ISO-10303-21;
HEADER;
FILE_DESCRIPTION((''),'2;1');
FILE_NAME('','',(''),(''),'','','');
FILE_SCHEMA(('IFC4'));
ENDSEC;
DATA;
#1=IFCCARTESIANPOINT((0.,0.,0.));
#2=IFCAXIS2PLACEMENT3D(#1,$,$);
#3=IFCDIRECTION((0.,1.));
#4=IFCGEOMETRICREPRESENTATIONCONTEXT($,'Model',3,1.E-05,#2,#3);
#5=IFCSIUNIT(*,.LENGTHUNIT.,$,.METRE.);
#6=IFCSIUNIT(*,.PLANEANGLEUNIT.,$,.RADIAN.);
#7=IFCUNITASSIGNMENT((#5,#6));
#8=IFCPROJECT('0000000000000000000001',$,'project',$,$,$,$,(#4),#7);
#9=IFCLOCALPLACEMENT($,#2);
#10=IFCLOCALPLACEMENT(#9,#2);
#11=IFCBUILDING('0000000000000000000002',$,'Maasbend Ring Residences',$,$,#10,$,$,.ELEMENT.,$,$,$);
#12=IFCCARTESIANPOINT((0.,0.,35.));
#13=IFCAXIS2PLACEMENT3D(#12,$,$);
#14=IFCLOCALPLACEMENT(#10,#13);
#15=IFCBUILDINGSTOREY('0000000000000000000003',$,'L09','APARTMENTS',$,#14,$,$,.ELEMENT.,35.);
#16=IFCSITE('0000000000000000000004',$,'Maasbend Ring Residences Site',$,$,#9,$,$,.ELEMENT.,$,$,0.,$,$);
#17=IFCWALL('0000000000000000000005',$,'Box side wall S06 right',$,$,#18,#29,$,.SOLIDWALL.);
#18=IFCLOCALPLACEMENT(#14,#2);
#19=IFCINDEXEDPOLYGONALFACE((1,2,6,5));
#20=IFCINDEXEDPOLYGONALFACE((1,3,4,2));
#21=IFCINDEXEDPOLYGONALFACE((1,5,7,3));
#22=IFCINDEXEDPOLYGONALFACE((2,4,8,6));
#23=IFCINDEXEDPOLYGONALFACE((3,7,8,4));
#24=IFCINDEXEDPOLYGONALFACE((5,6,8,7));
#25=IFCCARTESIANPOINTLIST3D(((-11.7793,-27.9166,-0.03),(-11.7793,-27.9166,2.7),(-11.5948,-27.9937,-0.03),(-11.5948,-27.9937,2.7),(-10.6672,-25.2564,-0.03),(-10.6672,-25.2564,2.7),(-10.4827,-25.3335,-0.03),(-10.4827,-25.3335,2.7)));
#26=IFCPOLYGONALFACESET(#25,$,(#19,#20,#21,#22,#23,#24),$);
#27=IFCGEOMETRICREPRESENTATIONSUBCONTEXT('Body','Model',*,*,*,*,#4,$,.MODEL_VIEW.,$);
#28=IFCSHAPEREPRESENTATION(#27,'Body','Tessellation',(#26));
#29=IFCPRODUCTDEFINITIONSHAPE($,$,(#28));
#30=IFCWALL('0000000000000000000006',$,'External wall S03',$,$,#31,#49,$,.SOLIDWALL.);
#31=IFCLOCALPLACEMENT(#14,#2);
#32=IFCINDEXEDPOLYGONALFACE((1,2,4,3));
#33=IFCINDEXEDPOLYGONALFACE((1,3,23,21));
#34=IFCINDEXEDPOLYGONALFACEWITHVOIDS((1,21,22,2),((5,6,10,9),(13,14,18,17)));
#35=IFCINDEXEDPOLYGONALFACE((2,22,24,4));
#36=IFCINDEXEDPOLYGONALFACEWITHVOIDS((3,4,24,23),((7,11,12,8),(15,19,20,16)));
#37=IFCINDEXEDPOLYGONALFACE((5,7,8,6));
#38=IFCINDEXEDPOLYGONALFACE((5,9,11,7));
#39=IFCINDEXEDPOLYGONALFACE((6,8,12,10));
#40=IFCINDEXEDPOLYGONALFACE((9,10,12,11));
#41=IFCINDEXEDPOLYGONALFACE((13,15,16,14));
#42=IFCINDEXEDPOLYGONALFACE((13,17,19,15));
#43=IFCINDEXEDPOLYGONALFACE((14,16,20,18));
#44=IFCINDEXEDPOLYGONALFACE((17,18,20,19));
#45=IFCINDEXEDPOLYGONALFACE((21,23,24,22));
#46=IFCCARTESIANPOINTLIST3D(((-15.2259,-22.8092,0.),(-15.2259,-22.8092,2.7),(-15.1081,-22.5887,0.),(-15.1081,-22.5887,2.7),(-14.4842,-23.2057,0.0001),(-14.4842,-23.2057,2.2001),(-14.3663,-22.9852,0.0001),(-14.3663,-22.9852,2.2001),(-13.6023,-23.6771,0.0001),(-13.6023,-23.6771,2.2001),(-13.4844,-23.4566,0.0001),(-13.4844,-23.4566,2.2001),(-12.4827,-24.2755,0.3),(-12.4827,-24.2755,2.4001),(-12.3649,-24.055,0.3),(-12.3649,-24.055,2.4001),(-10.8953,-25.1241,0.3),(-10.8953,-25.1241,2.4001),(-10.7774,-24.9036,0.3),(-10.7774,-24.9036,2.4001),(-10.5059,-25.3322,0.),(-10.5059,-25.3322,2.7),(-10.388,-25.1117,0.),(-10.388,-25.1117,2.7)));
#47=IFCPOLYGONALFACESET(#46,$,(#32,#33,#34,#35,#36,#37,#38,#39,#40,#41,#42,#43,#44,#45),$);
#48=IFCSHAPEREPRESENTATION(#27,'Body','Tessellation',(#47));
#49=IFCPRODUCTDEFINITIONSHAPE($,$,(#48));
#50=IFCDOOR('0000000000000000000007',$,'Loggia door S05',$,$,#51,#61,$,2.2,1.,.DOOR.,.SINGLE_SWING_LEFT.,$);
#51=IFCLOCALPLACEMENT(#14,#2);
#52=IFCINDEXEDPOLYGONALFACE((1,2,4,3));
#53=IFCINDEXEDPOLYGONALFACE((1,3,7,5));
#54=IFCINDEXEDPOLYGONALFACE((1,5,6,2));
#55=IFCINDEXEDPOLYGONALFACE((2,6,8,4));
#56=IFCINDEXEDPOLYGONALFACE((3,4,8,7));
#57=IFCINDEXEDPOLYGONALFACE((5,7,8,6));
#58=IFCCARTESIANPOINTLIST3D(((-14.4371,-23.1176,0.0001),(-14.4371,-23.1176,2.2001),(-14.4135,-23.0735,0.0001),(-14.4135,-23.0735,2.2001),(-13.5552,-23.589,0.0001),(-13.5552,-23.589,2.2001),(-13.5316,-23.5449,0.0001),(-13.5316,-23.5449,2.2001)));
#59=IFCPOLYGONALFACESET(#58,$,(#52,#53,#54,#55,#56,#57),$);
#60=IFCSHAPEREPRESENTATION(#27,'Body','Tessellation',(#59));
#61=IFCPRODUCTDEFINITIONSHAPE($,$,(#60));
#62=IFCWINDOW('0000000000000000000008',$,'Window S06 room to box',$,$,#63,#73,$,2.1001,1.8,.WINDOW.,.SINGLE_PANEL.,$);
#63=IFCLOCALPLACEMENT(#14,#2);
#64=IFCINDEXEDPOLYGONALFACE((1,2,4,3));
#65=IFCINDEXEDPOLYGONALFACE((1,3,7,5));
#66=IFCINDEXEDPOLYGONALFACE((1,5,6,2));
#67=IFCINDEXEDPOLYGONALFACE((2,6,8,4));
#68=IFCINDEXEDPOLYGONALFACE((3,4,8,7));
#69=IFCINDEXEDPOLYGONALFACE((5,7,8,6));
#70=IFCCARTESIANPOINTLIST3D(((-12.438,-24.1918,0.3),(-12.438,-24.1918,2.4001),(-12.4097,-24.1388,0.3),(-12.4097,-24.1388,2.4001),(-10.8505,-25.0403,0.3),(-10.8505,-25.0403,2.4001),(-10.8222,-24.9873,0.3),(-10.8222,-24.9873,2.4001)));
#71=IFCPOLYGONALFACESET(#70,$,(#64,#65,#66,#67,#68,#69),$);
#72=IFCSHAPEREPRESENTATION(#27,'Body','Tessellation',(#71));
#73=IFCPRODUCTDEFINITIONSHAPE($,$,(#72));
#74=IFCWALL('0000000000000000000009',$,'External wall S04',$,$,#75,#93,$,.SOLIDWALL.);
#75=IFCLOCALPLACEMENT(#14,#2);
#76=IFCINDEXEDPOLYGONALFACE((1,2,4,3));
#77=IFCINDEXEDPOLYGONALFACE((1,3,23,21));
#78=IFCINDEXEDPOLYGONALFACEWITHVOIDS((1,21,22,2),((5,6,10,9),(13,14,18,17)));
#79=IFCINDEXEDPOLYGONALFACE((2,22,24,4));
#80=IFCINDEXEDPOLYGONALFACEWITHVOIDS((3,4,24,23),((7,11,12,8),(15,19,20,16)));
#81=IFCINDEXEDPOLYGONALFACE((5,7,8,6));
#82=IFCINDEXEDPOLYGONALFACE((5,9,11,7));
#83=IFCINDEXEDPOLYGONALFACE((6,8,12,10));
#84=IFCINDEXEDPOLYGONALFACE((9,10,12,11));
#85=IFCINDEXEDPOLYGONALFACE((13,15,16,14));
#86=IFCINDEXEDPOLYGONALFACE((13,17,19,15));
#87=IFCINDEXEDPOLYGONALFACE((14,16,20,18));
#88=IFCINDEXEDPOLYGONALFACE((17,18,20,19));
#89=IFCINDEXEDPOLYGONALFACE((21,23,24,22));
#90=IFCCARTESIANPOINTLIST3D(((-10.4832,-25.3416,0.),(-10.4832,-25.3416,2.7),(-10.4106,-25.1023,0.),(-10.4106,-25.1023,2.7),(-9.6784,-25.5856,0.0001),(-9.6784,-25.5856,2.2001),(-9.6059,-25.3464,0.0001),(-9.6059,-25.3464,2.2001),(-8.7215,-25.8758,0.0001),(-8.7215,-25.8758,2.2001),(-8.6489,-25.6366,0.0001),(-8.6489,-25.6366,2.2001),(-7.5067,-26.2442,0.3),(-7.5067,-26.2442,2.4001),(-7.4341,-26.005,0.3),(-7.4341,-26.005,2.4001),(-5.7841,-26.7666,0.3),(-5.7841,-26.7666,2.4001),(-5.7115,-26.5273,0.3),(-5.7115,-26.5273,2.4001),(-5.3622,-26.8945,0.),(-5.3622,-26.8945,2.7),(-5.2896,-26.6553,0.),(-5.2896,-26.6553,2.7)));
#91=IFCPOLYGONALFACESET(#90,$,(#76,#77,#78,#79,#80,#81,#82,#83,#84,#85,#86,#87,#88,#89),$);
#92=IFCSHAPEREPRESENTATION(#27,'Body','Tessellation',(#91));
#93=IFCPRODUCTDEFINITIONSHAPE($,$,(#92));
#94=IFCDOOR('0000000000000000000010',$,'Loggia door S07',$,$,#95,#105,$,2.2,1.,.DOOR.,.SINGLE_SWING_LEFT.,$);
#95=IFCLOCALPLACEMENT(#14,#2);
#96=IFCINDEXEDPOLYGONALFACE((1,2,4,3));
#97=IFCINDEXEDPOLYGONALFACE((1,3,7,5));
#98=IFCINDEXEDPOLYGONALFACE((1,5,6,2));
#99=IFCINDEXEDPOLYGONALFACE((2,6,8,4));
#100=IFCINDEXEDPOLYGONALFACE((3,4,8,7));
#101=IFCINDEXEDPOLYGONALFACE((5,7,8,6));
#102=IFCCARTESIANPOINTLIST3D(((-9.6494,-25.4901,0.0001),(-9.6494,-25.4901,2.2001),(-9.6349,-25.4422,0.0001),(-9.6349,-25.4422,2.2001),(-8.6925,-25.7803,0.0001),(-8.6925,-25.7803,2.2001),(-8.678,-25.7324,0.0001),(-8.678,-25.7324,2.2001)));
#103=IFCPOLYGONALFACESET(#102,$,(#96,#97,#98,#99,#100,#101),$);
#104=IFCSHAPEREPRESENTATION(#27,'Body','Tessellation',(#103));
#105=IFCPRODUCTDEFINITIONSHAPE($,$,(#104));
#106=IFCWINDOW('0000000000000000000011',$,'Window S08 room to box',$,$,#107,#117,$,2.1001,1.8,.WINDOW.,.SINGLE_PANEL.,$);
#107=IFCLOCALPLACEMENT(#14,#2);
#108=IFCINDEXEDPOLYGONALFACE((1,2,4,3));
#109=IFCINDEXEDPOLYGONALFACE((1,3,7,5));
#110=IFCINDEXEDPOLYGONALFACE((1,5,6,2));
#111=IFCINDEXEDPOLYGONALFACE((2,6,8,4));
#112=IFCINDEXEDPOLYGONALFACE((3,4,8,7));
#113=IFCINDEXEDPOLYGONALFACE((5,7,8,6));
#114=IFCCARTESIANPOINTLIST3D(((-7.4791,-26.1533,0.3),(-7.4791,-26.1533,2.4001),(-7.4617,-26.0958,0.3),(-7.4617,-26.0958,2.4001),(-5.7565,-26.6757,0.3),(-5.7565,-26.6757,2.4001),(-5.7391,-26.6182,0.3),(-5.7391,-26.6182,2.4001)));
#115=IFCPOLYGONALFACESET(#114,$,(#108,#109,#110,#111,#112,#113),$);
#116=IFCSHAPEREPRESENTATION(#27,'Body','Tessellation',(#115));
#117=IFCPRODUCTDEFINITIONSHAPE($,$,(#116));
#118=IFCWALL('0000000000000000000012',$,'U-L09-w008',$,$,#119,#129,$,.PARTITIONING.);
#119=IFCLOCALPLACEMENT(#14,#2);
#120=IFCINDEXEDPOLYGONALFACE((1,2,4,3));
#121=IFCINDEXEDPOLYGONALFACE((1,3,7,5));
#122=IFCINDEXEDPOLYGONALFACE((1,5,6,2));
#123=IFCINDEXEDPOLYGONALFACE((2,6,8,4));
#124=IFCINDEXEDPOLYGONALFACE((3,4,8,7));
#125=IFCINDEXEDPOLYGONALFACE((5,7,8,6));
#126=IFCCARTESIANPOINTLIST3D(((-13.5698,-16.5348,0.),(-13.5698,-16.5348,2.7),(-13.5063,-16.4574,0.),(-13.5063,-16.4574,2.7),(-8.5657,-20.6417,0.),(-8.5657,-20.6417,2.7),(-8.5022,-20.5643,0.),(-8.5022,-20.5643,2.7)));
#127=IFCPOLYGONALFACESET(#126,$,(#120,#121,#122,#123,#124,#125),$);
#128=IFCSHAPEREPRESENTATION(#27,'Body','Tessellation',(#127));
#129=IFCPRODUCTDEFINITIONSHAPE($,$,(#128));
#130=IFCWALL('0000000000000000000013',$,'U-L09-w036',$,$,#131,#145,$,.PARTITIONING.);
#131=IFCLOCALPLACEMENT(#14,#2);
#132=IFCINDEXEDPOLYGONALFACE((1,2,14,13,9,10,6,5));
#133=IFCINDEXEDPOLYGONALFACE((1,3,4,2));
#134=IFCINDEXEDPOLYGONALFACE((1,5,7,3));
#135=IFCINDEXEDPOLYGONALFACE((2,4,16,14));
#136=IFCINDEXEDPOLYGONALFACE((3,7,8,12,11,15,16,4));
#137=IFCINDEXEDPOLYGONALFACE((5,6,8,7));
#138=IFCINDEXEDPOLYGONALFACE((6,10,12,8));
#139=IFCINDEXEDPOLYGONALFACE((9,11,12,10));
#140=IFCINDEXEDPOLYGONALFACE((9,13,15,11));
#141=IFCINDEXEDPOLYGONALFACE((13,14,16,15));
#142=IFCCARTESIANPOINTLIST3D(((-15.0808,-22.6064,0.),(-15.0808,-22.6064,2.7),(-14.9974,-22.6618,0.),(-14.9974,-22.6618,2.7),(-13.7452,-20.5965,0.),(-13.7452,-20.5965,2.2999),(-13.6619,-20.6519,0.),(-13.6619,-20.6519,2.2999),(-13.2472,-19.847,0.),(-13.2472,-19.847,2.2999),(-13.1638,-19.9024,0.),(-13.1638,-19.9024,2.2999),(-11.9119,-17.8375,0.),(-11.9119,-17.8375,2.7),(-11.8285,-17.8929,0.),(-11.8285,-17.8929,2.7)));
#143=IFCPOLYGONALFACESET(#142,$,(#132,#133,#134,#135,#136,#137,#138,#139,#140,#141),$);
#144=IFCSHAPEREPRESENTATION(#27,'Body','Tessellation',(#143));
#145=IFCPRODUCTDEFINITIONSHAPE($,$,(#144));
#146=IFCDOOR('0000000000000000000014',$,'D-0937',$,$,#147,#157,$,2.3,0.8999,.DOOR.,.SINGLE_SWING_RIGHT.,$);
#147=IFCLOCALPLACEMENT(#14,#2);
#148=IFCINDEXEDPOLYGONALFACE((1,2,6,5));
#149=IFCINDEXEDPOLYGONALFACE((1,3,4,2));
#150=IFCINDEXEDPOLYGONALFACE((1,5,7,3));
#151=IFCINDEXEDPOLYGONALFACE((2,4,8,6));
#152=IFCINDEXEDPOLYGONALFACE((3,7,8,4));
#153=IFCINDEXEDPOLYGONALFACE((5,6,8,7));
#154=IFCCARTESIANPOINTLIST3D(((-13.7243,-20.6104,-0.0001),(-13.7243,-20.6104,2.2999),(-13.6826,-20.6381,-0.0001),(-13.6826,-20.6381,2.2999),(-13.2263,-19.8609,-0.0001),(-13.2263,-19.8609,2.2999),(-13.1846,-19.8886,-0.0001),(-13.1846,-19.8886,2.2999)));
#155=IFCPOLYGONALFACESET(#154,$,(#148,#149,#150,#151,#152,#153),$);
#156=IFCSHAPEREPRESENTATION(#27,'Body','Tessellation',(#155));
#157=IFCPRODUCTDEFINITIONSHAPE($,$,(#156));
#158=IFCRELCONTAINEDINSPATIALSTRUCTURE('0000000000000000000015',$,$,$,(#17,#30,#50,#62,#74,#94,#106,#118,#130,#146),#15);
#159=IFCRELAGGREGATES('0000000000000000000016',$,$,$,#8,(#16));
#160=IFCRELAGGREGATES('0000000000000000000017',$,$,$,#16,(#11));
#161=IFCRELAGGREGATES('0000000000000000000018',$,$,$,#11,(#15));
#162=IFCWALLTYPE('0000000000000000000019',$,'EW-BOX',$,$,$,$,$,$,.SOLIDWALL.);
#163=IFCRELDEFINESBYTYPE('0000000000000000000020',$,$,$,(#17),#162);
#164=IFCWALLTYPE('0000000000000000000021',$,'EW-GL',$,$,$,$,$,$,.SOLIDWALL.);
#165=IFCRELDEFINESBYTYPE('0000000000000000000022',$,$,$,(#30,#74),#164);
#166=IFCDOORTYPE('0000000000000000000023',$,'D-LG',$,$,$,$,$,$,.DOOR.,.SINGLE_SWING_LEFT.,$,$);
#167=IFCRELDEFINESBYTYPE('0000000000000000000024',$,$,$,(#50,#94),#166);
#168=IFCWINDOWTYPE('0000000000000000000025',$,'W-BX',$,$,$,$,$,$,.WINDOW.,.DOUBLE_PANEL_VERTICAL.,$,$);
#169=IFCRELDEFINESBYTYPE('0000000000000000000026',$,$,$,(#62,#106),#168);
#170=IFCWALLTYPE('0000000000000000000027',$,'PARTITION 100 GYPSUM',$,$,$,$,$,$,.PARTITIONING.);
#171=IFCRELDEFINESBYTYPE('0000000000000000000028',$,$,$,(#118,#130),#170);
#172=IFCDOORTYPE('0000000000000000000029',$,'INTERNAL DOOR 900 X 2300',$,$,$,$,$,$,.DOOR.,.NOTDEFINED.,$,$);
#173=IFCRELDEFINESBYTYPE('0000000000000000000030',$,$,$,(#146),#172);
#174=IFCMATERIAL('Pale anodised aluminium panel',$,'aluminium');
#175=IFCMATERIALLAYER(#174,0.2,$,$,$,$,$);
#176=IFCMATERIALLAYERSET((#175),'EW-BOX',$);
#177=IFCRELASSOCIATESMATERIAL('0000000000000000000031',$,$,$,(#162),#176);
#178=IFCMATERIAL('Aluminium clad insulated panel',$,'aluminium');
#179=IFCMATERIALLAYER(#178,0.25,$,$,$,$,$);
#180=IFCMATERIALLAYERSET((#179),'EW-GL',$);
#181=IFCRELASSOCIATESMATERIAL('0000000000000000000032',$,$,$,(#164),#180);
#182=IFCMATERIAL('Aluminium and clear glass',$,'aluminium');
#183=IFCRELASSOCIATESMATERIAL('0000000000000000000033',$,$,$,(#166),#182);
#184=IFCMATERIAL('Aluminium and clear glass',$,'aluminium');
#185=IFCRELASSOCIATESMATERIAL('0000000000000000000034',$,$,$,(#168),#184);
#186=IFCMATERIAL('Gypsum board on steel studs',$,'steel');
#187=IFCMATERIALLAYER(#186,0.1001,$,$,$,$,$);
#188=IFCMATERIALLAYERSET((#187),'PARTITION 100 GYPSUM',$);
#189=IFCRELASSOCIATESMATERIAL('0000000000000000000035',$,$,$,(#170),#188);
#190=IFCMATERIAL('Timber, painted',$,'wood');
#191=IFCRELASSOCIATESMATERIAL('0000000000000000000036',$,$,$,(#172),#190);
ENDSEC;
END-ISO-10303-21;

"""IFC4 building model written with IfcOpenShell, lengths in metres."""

from ifc_helpers import new_model, si_unit, direction, frame, frame_2d, origin, place, context, subcontext, project, spatial, rectangle, extrude, material, layer, layer_set, type_object, element, fill, save


model = new_model("IFC4")

# Units and contexts
model_context = context("Model", 3, precision=1e-05, world=origin(), true_north=direction((0.0, 1.0)))
body_context = subcontext(model_context, "Body", "Model", "MODEL_VIEW")
ifc_project = project(units=[si_unit("LENGTHUNIT", "METRE"), si_unit("PLANEANGLEUNIT", "RADIAN")], contexts=[model_context])

# Site, building, storey
site_placement = place(None, origin())
site = spatial("IfcSite", under=ifc_project, at=site_placement, Name="Maasbend Ring Residences Site", CompositionType="ELEMENT", RefElevation=0.0)
building_placement = place(site_placement, origin())
building = spatial("IfcBuilding", under=site, at=building_placement, Name="Maasbend Ring Residences", CompositionType="ELEMENT")
storey_placement = place(building_placement, frame((0.0, 0.0, 35.0)))
storey = spatial("IfcBuildingStorey", under=building, at=storey_placement, Name="L09", Description="APARTMENTS", CompositionType="ELEMENT", Elevation=35.0)

# Shared definitions
ifc_material_1 = material(Name="Pale anodised aluminium panel", Category="aluminium")
ifc_layer_1 = layer(ifc_material_1, 0.2)
ifc_layer_set_1 = layer_set([ifc_layer_1], Name="EW-BOX")
wall_type_1 = type_object("IfcWallType", Name="EW-BOX", PredefinedType="SOLIDWALL", material=ifc_layer_set_1)

# Wall
wall_1_placement = place(storey_placement, frame((-10.575, -25.2949, -0.03), z_axis=(0.0, 0.0, 1.0), x_axis=(-0.385697, -0.922625, 0.0)))
element("IfcWall", 1, at=wall_1_placement, inside=storey, type_object=wall_type_1, Name="Box side wall S06 right", PredefinedType="SOLIDWALL", context=body_context, shape_type="SweptSolid", body=[
    extrude(rectangle(XDim=2.8833, YDim=0.2, at=frame_2d((1.4417, 0.0))), origin(), (0.0, 0.0, 1.0), 2.73),
])

# Walls, openings, doors, windows
ifc_material_2 = material(Name="Aluminium clad insulated panel", Category="aluminium")
ifc_layer_2 = layer(ifc_material_2, 0.25)
ifc_layer_set_2 = layer_set([ifc_layer_2], Name="EW-GL")
wall_type_2 = type_object("IfcWallType", Name="EW-GL", PredefinedType="SOLIDWALL", material=ifc_layer_set_2)
wall_2_placement = place(storey_placement, frame((-15.167, -22.699, 0.0), z_axis=(0.0, 0.0, 1.0), x_axis=(0.881916, -0.471407, 0.0)))
wall_2 = element("IfcWall", 2, at=wall_2_placement, inside=storey, type_object=wall_type_2, Name="External wall S03", PredefinedType="SOLIDWALL", context=body_context, shape_type="SweptSolid", body=[
    extrude(rectangle(XDim=5.3521, YDim=0.25, at=frame_2d((2.676, 0.0))), origin(), (0.0, 0.0, 1.0), 2.7),
])
opening_1_placement = place(wall_2_placement, frame((0.8411, 0.0, 0.0)))
opening_1 = element("IfcOpeningElement", 3, at=opening_1_placement, cuts=wall_2, PredefinedType="OPENING", context=body_context, shape_type="SweptSolid", body=[
    extrude(rectangle(XDim=1.0, YDim=2.2, at=frame_2d((0.5, 1.1001))), frame((0.0, 0.135, 0.0), z_axis=(0.0, -1.0, 0.0), x_axis=(1.0, 0.0, 0.0)), (0.0, 0.0, 1.0), 0.27),
])
opening_2_placement = place(wall_2_placement, frame((3.1106, 0.0, 0.3)))
opening_2 = element("IfcOpeningElement", 4, at=opening_2_placement, cuts=wall_2, PredefinedType="OPENING", context=body_context, shape_type="SweptSolid", body=[
    extrude(rectangle(XDim=1.8, YDim=2.1001, at=frame_2d((0.8999, 1.05))), frame((0.0, 0.135, 0.0), z_axis=(0.0, -1.0, 0.0), x_axis=(1.0, 0.0, 0.0)), (0.0, 0.0, 1.0), 0.27),
])
ifc_material_3 = material(Name="Aluminium and clear glass", Category="aluminium")
door_type_1 = type_object("IfcDoorType", Name="D-LG", OperationType="SINGLE_SWING_LEFT", PredefinedType="DOOR", material=ifc_material_3)
door_1_placement = place(opening_1_placement, origin())
door_1 = element("IfcDoor", 5, at=door_1_placement, inside=storey, type_object=door_type_1, Name="Loggia door S05", OperationType="SINGLE_SWING_LEFT", OverallHeight=2.2, OverallWidth=1.0, PredefinedType="DOOR", context=body_context, shape_type="SweptSolid", body=[
    extrude(rectangle(XDim=1.0, YDim=2.2, at=frame_2d((0.5, 1.1001))), frame((0.0, 0.0249, 0.0), z_axis=(0.0, -1.0, 0.0), x_axis=(1.0, 0.0, 0.0)), (0.0, 0.0, 1.0), 0.05),
])
fill(opening_1, door_1)
ifc_material_4 = material(Name="Aluminium and clear glass", Category="aluminium")
window_type_1 = type_object("IfcWindowType", Name="W-BX", PartitioningType="DOUBLE_PANEL_VERTICAL", PredefinedType="WINDOW", material=ifc_material_4)
window_1_placement = place(opening_2_placement, origin())
window_1 = element("IfcWindow", 6, at=window_1_placement, inside=storey, type_object=window_type_1, Name="Window S06 room to box", OverallHeight=2.1001, OverallWidth=1.8, PartitioningType="SINGLE_PANEL", PredefinedType="WINDOW", context=body_context, shape_type="SweptSolid", body=[
    extrude(rectangle(XDim=1.8, YDim=2.1001, at=frame_2d((0.8999, 1.05))), frame((0.0, 0.03, 0.0), z_axis=(0.0, -1.0, 0.0), x_axis=(1.0, 0.0, 0.0)), (0.0, 0.0, 1.0), 0.0601),
])
fill(opening_2, window_1)
wall_3_placement = place(storey_placement, frame((-10.447, -25.2219, 0.0), z_axis=(0.0, 0.0, 1.0), x_axis=(0.956966, -0.290201, 0.0)))
wall_3 = element("IfcWall", 7, at=wall_3_placement, inside=storey, type_object=wall_type_2, Name="External wall S04", PredefinedType="SOLIDWALL", context=body_context, shape_type="SweptSolid", body=[
    extrude(rectangle(XDim=5.3513, YDim=0.25, at=frame_2d((2.6758, 0.0))), origin(), (0.0, 0.0, 1.0), 2.7),
])
opening_3_placement = place(wall_3_placement, frame((0.8411, 0.0, 0.0)))
opening_3 = element("IfcOpeningElement", 8, at=opening_3_placement, cuts=wall_3, PredefinedType="OPENING", context=body_context, shape_type="SweptSolid", body=[
    extrude(rectangle(XDim=1.0, YDim=2.2, at=frame_2d((0.5, 1.1001))), frame((0.0, 0.135, 0.0), z_axis=(0.0, -1.0, 0.0), x_axis=(1.0, 0.0, 0.0)), (0.0, 0.0, 1.0), 0.27),
])
opening_4_placement = place(wall_3_placement, frame((3.1106, 0.0, 0.3)))
opening_4 = element("IfcOpeningElement", 9, at=opening_4_placement, cuts=wall_3, PredefinedType="OPENING", context=body_context, shape_type="SweptSolid", body=[
    extrude(rectangle(XDim=1.8, YDim=2.1001, at=frame_2d((0.8999, 1.05))), frame((0.0, 0.135, 0.0), z_axis=(0.0, -1.0, 0.0), x_axis=(1.0, 0.0, 0.0)), (0.0, 0.0, 1.0), 0.27),
])
door_2_placement = place(opening_3_placement, origin())
door_2 = element("IfcDoor", 10, at=door_2_placement, inside=storey, type_object=door_type_1, Name="Loggia door S07", OperationType="SINGLE_SWING_LEFT", OverallHeight=2.2, OverallWidth=1.0, PredefinedType="DOOR", context=body_context, shape_type="SweptSolid", body=[
    extrude(rectangle(XDim=1.0, YDim=2.2, at=frame_2d((0.5, 1.1001))), frame((0.0, 0.0249, 0.0), z_axis=(0.0, -1.0, 0.0), x_axis=(1.0, 0.0, 0.0)), (0.0, 0.0, 1.0), 0.05),
])
fill(opening_3, door_2)
window_2_placement = place(opening_4_placement, origin())
window_2 = element("IfcWindow", 11, at=window_2_placement, inside=storey, type_object=window_type_1, Name="Window S08 room to box", OverallHeight=2.1001, OverallWidth=1.8, PartitioningType="SINGLE_PANEL", PredefinedType="WINDOW", context=body_context, shape_type="SweptSolid", body=[
    extrude(rectangle(XDim=1.8, YDim=2.1001, at=frame_2d((0.8999, 1.05))), frame((0.0, 0.03, 0.0), z_axis=(0.0, -1.0, 0.0), x_axis=(1.0, 0.0, 0.0)), (0.0, 0.0, 1.0), 0.0601),
])
fill(opening_4, window_2)

# Wall
ifc_material_5 = material(Name="Gypsum board on steel studs", Category="steel")
ifc_layer_3 = layer(ifc_material_5, 0.1001)
ifc_layer_set_3 = layer_set([ifc_layer_3], Name="PARTITION 100 GYPSUM")
wall_type_3 = type_object("IfcWallType", Name="PARTITION 100 GYPSUM", PredefinedType="PARTITIONING", material=ifc_layer_set_3)
wall_4_placement = place(storey_placement, frame((-13.5381, -16.4961, 0.0), z_axis=(0.0, 0.0, 1.0), x_axis=(0.773, -0.634406, 0.0)))
element("IfcWall", 12, at=wall_4_placement, inside=storey, type_object=wall_type_3, Name="U-L09-w008", PredefinedType="PARTITIONING", context=body_context, shape_type="SweptSolid", body=[
    extrude(rectangle(XDim=6.4736, YDim=0.1001, at=frame_2d((3.2368, 0.0))), origin(), (0.0, 0.0, 1.0), 2.7),
])

# Wall, opening, door
wall_5_placement = place(storey_placement, frame((-15.0391, -22.634, 0.0), z_axis=(0.0, 0.0, 1.0), x_axis=(0.55344, 0.832889, 0.0)))
wall_5 = element("IfcWall", 13, at=wall_5_placement, inside=storey, type_object=wall_type_3, Name="U-L09-w036", PredefinedType="PARTITIONING", context=body_context, shape_type="SweptSolid", body=[
    extrude(rectangle(XDim=5.7258, YDim=0.1001, at=frame_2d((2.8628, 0.0))), origin(), (0.0, 0.0, 1.0), 2.7),
])
opening_5_placement = place(wall_5_placement, frame((2.4131, 0.0, 0.0)))
opening_5 = element("IfcOpeningElement", 14, at=opening_5_placement, cuts=wall_5, PredefinedType="OPENING", context=body_context, shape_type="SweptSolid", body=[
    extrude(rectangle(XDim=0.8999, YDim=2.3, at=frame_2d((0.45, 1.1499))), frame((0.0, 0.0601, 0.0), z_axis=(0.0, -1.0, 0.0), x_axis=(1.0, 0.0, 0.0)), (0.0, 0.0, 1.0), 0.1201),
])
ifc_material_6 = material(Name="Timber, painted", Category="wood")
door_type_2 = type_object("IfcDoorType", Name="INTERNAL DOOR 900 X 2300", OperationType="NOTDEFINED", PredefinedType="DOOR", material=ifc_material_6)
door_3_placement = place(opening_5_placement, origin())
door_3 = element("IfcDoor", 15, at=door_3_placement, inside=storey, type_object=door_type_2, Name="D-0937", OperationType="SINGLE_SWING_RIGHT", OverallHeight=2.3, OverallWidth=0.8999, PredefinedType="DOOR", context=body_context, shape_type="SweptSolid", body=[
    extrude(rectangle(XDim=0.8999, YDim=2.3, at=frame_2d((0.45, 1.1499))), frame((0.0, 0.0249, 0.0), z_axis=(0.0, -1.0, 0.0), x_axis=(1.0, 0.0, 0.0)), (0.0, 0.0, 1.0), 0.05),
])
fill(opening_5, door_3)

save(model, "model.ifc")
